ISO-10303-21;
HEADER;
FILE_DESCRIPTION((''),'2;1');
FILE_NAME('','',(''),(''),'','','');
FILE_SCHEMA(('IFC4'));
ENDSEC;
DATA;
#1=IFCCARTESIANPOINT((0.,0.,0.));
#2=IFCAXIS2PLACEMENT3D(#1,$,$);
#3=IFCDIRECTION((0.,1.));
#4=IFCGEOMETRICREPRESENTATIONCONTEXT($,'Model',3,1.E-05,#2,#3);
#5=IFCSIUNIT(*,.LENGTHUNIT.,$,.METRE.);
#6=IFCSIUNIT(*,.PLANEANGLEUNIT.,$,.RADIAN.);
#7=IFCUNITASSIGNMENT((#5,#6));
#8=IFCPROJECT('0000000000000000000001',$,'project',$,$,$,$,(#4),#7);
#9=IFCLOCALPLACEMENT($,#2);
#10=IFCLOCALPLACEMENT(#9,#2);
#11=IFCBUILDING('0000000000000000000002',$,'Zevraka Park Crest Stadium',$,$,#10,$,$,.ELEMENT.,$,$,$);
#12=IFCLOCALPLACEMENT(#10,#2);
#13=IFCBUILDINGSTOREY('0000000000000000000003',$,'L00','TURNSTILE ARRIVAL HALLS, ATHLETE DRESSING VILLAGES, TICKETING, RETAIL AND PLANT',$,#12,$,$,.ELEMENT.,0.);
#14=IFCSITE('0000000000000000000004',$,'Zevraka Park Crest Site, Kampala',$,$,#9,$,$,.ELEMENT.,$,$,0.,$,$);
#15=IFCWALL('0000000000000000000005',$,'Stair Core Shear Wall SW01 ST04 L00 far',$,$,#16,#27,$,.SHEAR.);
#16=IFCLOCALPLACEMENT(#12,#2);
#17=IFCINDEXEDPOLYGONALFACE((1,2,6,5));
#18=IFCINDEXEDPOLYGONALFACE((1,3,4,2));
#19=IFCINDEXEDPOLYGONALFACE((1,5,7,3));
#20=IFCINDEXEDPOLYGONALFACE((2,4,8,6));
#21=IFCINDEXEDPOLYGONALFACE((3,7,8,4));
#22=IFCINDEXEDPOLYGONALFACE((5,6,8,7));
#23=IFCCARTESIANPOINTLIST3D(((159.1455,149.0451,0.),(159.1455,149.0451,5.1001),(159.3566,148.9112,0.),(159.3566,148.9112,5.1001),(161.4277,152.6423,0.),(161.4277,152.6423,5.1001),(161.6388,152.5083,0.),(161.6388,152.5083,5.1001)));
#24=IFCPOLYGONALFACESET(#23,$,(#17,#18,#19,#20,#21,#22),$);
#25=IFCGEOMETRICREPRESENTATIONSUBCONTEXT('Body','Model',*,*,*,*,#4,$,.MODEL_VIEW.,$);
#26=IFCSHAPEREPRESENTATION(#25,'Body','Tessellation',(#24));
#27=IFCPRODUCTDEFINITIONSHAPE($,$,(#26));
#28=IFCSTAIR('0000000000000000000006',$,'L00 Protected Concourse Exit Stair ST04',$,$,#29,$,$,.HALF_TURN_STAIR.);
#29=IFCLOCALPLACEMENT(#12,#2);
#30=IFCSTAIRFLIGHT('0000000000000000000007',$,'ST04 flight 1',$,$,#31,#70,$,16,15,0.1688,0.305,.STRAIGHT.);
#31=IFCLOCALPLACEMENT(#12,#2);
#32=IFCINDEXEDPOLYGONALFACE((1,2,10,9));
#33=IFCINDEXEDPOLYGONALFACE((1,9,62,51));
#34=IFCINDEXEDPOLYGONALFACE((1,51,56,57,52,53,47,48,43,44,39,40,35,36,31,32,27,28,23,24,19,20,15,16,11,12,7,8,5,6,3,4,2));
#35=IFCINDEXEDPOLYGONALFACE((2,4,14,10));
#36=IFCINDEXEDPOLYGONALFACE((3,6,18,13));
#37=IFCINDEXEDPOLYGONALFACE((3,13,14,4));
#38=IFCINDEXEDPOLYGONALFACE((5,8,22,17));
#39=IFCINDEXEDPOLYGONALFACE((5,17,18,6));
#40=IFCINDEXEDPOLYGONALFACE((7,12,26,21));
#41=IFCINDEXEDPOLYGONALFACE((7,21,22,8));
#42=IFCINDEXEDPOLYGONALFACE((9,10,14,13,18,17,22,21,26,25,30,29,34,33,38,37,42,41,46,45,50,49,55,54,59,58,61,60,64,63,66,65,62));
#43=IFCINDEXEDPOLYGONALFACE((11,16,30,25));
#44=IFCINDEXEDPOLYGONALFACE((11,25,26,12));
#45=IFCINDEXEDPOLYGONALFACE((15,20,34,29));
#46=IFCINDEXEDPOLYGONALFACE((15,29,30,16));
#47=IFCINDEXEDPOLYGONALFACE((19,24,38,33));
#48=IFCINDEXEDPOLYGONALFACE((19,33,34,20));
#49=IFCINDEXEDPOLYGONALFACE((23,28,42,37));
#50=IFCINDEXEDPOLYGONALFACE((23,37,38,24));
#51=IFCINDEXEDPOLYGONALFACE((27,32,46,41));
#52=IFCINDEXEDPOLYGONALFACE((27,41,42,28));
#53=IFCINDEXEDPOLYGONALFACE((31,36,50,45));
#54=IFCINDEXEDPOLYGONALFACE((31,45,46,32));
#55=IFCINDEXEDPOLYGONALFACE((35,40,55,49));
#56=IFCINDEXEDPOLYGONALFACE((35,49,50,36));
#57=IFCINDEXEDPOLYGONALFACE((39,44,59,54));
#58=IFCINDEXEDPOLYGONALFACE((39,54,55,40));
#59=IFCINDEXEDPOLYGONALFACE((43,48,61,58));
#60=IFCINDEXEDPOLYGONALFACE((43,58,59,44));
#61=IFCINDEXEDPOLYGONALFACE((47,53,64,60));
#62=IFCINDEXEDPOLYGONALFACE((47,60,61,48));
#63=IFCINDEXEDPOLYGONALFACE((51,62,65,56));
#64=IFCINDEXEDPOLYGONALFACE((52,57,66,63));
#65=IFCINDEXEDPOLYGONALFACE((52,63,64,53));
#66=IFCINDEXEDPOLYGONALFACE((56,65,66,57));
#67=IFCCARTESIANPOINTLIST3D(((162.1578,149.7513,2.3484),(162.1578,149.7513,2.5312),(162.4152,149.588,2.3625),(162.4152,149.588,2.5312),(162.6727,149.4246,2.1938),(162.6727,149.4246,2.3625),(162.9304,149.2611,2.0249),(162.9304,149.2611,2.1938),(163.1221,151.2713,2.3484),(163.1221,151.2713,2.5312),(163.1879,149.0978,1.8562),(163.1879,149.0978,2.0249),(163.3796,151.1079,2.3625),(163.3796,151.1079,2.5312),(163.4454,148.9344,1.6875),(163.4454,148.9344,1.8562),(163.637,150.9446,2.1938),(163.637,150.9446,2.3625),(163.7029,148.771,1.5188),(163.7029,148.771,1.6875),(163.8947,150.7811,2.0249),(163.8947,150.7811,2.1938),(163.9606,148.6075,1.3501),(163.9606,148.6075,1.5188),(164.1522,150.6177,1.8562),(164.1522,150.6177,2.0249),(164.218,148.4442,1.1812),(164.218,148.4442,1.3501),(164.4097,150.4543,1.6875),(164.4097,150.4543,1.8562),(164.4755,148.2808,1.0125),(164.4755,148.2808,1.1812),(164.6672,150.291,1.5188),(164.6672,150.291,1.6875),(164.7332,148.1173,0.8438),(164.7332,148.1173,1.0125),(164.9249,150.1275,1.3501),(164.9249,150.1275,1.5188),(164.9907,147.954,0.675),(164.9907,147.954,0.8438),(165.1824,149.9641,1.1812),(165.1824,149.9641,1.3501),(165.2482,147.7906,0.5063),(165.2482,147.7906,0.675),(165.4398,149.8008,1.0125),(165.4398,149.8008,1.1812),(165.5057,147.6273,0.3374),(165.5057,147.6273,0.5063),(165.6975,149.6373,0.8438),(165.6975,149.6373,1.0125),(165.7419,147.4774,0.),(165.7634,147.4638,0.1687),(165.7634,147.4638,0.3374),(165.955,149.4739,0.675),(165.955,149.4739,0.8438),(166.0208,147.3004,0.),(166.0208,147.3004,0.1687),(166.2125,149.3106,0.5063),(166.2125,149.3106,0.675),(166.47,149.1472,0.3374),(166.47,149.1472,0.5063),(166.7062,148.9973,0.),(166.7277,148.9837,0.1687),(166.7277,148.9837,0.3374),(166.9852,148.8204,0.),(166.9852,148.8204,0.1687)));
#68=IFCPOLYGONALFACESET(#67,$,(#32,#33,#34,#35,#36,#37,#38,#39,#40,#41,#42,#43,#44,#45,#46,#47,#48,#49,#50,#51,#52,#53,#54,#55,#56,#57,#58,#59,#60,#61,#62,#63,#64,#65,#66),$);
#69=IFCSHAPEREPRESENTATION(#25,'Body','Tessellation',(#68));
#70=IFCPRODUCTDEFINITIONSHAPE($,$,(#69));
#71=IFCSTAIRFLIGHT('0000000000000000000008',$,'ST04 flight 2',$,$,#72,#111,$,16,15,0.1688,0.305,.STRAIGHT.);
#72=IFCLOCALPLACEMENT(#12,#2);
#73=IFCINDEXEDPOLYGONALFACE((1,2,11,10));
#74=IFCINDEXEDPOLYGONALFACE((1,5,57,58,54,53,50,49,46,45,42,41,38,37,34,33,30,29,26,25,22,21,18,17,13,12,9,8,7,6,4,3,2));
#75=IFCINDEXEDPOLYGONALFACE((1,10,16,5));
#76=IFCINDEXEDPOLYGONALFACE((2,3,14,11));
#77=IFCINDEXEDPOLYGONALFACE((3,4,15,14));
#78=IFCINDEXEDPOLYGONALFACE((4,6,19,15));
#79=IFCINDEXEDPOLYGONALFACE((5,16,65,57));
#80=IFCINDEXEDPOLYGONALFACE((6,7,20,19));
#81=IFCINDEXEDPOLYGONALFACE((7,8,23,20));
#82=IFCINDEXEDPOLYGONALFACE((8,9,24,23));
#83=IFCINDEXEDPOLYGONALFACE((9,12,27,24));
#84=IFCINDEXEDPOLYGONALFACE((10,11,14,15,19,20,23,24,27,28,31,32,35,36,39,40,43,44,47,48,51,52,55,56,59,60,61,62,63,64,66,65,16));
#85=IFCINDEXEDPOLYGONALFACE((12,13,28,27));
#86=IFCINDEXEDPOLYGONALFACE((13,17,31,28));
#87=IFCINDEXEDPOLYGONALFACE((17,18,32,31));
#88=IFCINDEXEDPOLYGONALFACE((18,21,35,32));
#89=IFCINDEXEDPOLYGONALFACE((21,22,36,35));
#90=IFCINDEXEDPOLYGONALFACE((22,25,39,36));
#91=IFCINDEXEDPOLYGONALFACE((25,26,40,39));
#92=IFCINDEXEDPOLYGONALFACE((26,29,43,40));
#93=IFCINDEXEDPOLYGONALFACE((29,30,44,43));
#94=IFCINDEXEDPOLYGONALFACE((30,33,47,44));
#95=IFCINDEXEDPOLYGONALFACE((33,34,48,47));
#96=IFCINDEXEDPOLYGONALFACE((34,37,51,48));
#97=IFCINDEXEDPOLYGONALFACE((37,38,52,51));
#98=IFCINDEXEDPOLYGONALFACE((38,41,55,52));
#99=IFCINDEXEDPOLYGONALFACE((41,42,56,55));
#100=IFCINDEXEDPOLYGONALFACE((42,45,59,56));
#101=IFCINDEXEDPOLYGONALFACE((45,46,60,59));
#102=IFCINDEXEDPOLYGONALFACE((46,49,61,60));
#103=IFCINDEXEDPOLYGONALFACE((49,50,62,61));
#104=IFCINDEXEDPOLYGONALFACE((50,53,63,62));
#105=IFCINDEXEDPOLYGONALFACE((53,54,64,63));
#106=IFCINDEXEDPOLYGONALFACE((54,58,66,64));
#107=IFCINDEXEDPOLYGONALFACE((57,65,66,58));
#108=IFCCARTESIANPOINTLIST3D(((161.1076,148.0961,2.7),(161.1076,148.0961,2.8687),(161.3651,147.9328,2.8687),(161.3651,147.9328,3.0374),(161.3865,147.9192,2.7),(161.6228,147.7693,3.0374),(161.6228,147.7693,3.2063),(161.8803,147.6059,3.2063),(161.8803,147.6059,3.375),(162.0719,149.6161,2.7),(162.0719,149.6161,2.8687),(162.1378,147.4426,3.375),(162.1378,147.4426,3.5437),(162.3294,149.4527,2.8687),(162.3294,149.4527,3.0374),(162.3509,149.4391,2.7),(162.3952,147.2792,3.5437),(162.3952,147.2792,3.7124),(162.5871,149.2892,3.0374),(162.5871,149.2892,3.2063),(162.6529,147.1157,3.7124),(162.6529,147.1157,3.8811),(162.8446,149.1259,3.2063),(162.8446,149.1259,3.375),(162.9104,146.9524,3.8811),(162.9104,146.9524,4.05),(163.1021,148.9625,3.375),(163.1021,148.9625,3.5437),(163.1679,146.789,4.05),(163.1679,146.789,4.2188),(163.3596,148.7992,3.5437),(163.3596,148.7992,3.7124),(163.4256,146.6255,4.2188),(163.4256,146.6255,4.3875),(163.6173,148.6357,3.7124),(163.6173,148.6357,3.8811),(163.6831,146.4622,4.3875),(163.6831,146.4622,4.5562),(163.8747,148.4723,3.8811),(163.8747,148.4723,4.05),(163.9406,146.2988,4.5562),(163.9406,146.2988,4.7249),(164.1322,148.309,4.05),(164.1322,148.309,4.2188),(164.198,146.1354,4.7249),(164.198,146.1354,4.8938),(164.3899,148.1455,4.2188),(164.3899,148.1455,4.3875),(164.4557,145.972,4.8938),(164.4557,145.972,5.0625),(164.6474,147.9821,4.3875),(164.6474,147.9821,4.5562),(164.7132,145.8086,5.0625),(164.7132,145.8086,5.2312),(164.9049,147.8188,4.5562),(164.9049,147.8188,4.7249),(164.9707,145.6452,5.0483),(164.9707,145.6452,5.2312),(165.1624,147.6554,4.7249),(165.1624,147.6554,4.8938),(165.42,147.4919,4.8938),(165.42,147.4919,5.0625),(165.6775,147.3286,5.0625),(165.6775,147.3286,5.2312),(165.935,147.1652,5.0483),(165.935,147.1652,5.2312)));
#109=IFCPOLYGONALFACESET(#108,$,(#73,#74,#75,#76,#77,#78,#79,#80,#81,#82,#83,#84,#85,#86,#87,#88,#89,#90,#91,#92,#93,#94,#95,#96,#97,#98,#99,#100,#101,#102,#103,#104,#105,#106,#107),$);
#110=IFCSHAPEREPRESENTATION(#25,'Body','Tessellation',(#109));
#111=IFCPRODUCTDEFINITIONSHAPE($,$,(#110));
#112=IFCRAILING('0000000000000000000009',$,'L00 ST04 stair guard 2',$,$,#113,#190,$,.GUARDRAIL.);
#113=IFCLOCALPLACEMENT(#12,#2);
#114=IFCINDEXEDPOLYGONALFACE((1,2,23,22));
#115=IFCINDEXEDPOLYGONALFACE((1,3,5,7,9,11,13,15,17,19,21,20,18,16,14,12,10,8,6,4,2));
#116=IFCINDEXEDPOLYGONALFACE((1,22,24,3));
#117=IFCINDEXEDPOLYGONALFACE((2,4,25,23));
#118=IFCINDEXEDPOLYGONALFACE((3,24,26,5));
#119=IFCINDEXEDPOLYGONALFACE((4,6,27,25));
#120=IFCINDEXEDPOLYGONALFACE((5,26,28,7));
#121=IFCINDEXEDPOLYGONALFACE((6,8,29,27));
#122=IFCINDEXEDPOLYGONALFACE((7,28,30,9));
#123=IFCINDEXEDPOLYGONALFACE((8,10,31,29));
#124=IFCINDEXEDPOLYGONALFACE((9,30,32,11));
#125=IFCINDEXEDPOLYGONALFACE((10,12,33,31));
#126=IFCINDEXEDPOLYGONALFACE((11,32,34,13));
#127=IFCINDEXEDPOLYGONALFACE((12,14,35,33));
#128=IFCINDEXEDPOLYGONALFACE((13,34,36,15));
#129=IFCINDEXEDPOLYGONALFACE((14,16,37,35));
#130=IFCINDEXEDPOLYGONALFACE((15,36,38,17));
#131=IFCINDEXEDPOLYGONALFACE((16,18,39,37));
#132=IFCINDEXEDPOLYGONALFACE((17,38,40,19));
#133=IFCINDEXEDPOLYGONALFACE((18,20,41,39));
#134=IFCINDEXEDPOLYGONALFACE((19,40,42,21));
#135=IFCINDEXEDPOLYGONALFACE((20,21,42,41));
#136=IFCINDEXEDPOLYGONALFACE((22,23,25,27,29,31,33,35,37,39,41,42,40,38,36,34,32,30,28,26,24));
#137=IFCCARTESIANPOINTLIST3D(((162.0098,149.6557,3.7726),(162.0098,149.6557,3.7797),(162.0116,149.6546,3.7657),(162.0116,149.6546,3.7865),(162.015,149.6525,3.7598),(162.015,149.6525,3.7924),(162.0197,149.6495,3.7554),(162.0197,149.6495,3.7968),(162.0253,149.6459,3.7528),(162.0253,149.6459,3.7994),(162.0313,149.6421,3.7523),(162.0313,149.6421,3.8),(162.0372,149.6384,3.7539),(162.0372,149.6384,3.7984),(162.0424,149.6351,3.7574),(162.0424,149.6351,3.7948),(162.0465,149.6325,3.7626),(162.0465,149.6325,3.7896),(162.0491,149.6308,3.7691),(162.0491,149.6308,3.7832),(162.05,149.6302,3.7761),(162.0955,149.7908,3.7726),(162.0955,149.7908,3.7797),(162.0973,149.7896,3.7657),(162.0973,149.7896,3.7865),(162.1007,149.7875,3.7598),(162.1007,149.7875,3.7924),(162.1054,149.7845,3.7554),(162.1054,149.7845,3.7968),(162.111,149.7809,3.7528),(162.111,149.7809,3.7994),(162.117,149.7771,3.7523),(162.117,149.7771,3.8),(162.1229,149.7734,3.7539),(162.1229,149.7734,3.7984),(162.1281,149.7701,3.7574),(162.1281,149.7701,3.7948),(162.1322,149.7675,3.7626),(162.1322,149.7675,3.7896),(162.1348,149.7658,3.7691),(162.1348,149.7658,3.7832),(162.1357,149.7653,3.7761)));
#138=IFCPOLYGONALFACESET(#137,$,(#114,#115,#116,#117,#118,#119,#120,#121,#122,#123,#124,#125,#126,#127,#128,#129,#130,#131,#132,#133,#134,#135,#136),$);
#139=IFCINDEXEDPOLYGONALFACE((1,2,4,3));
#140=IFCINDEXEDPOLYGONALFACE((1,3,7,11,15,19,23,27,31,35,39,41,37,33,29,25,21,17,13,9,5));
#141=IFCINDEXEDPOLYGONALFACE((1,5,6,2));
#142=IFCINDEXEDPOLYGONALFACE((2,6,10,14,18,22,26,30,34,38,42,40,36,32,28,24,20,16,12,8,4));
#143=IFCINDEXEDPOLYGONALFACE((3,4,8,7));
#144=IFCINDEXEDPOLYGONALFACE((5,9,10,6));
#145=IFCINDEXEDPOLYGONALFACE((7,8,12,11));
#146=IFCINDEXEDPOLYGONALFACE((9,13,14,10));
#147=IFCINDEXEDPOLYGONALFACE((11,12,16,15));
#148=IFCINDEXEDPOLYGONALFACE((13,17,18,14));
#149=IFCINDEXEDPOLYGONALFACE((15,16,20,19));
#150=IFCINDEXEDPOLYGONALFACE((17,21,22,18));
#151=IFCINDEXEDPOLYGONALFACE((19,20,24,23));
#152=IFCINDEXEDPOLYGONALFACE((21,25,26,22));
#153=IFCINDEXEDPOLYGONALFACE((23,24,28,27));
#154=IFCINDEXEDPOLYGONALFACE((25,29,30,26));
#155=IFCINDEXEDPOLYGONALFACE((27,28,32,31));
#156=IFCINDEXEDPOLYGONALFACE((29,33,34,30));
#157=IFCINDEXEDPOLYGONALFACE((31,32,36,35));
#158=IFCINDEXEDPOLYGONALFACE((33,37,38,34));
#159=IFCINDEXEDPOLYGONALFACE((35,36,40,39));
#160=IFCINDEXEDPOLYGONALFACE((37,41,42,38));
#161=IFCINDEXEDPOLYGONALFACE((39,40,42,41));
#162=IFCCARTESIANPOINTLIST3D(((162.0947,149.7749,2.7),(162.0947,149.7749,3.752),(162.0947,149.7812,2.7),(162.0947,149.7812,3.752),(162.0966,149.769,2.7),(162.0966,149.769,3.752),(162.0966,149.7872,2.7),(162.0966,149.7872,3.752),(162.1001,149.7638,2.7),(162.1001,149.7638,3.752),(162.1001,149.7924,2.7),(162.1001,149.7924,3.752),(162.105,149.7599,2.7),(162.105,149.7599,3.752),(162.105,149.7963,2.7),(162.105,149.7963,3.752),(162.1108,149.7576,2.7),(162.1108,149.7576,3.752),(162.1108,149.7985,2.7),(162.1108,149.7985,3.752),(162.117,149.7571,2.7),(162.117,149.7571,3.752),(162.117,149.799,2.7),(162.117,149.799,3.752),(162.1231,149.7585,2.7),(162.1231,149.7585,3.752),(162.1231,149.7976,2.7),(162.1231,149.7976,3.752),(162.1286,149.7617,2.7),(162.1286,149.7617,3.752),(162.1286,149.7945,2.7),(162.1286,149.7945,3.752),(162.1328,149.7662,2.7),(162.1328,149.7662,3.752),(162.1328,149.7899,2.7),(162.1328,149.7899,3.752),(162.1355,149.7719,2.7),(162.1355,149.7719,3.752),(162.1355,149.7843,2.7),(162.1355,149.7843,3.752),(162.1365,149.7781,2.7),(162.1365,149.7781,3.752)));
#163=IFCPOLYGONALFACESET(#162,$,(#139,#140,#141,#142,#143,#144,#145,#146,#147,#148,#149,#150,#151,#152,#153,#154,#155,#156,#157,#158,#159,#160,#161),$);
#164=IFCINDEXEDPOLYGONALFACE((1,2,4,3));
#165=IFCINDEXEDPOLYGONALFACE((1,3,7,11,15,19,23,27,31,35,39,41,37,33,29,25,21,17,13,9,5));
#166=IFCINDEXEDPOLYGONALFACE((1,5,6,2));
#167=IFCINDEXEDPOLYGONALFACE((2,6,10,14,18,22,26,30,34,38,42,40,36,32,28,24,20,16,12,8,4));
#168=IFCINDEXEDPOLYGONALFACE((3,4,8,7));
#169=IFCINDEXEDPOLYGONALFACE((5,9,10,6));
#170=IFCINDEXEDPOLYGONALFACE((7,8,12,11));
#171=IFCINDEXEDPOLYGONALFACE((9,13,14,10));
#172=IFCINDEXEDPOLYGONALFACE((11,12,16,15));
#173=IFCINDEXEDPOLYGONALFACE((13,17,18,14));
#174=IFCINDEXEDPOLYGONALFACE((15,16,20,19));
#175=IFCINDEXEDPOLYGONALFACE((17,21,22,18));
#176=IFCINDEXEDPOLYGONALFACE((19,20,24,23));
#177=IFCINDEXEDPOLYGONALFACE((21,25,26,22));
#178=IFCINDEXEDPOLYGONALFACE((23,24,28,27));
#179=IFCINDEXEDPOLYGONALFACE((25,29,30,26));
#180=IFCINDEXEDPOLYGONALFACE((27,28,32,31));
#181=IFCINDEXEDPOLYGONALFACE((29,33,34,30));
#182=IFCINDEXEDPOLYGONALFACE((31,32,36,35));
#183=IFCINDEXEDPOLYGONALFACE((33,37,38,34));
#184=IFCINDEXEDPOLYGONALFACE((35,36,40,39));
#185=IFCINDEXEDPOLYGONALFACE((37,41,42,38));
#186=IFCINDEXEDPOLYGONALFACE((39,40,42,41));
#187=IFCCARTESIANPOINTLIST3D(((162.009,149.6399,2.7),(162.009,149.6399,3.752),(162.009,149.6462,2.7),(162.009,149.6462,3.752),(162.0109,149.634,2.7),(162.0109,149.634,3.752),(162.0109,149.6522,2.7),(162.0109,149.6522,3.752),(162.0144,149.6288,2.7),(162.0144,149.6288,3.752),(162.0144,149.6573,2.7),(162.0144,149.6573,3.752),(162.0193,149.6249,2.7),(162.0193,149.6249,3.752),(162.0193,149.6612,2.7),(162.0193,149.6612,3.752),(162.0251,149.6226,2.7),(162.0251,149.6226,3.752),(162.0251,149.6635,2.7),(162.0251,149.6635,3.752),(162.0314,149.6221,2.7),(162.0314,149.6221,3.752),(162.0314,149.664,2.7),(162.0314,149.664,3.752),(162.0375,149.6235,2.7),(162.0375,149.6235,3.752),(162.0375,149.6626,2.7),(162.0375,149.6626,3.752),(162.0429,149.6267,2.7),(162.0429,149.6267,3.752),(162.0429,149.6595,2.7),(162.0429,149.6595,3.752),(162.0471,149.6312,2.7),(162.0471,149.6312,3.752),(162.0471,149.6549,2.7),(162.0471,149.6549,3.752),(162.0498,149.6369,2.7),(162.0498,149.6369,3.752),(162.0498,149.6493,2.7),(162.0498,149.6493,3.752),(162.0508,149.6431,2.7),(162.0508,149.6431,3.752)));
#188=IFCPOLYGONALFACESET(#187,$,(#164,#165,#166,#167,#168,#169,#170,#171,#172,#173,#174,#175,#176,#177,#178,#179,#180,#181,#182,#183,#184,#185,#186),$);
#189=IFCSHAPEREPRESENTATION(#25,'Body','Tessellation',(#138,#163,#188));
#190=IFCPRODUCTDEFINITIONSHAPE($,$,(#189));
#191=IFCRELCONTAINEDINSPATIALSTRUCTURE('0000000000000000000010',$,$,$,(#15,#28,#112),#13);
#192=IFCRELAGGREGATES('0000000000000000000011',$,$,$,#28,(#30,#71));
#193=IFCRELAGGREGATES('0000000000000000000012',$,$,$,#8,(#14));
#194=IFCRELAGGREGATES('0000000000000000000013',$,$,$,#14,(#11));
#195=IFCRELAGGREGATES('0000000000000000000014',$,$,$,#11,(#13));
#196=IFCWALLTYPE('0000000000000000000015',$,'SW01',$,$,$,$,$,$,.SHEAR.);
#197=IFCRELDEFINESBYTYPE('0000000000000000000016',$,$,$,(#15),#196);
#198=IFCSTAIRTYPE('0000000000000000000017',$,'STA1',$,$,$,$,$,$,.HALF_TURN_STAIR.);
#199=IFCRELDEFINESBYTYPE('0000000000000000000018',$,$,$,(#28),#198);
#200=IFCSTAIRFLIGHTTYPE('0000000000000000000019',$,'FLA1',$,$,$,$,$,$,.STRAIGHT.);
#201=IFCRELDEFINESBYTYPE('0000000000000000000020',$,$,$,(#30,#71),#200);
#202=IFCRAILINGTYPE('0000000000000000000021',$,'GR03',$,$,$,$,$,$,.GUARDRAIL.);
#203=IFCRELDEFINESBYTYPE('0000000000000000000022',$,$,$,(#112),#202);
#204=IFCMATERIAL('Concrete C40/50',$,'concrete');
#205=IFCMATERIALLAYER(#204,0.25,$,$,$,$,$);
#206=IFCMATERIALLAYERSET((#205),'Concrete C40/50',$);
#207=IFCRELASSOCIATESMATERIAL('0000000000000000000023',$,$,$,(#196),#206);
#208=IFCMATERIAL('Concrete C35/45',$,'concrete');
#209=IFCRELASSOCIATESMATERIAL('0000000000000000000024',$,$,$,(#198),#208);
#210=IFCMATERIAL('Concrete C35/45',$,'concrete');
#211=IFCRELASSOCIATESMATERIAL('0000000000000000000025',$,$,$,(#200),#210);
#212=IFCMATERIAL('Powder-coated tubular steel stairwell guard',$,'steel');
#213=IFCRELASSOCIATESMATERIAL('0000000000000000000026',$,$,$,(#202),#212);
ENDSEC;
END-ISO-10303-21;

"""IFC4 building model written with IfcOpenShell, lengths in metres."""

from ifc_helpers import new_model, si_unit, direction, frame, frame_2d, origin, origin_2d, place, context, subcontext, project, spatial, polyline, rectangle, circle, outline, extrude, material, layer, layer_set, type_object, element, aggregate, save


model = new_model("IFC4")

# Units and contexts
model_context = context("Model", 3, precision=1e-05, world=origin(), true_north=direction((0.0, 1.0)))
body_context = subcontext(model_context, "Body", "Model", "MODEL_VIEW")
ifc_project = project(units=[si_unit("LENGTHUNIT", "METRE"), si_unit("PLANEANGLEUNIT", "RADIAN")], contexts=[model_context])

# Site, building, storey
site_placement = place(None, origin())
site = spatial("IfcSite", under=ifc_project, at=site_placement, Name="Zevraka Park Crest Site, Kampala", CompositionType="ELEMENT", RefElevation=0.0)
building_placement = place(site_placement, origin())
building = spatial("IfcBuilding", under=site, at=building_placement, Name="Zevraka Park Crest Stadium", CompositionType="ELEMENT")
storey_placement = place(building_placement, origin())
storey = spatial("IfcBuildingStorey", under=building, at=storey_placement, Name="L00", Description="TURNSTILE ARRIVAL HALLS, ATHLETE DRESSING VILLAGES, TICKETING, RETAIL AND PLANT", CompositionType="ELEMENT", Elevation=0.0)

# Shared definitions
ifc_material_1 = material(Name="Concrete C40/50", Category="concrete")
ifc_layer_1 = layer(ifc_material_1, 0.25)
ifc_layer_set_1 = layer_set([ifc_layer_1], Name="Concrete C40/50")
wall_type_1 = type_object("IfcWallType", Name="SW01", PredefinedType="SHEAR", material=ifc_layer_set_1)

# Wall
wall_1_placement = place(storey_placement, frame((161.5332, 152.5752, 0.0), z_axis=(0.0, 0.0, 1.0), x_axis=(-0.535725, -0.844392, 0.0)))
element("IfcWall", 1, at=wall_1_placement, inside=storey, type_object=wall_type_1, Name="Stair Core Shear Wall SW01 ST04 L00 far", PredefinedType="SHEAR", context=body_context, shape_type="SweptSolid", body=[
    extrude(rectangle(XDim=4.26, YDim=0.25, at=frame_2d((2.1299, 0.0))), origin(), (0.0, 0.0, 1.0), 5.1001),
])

# Stair, stair flights
ifc_material_2 = material(Name="Concrete C35/45", Category="concrete")
stair_type = type_object("IfcStairType", Name="STA1", PredefinedType="HALF_TURN_STAIR", material=ifc_material_2)
stair_placement = place(storey_placement, origin())
stair = element("IfcStair", 2, at=stair_placement, inside=storey, type_object=stair_type, Name="L00 Protected Concourse Exit Stair ST04", PredefinedType="HALF_TURN_STAIR")
ifc_material_3 = material(Name="Concrete C35/45", Category="concrete")
stair_flight_type = type_object("IfcStairFlightType", Name="FLA1", PredefinedType="STRAIGHT", material=ifc_material_3)
stair_flight_1_placement = place(storey_placement, frame((166.5029, 148.0603, 0.0), z_axis=(0.0, 0.0, 1.0), x_axis=(-0.844397, 0.535718, 0.0)))
stair_flight_1 = element("IfcStairFlight", 3, at=stair_flight_1_placement, type_object=stair_flight_type, Name="ST04 flight 1", NumberOfRisers=16, NumberOfTreads=15, PredefinedType="STRAIGHT", RiserHeight=0.1688, TreadLength=0.305, context=body_context, shape_type="SweptSolid", body=[
    extrude(outline(polyline([(0.0, 0.0), (0.0, 0.1687), (0.3049, 0.1687), (0.3049, 0.3374), (0.6101, 0.3374), (0.6101, 0.5063), (0.915, 0.5063), (0.915, 0.675), (1.22, 0.675), (1.22, 0.8438), (1.5249, 0.8438), (1.5249, 1.0125), (1.8301, 1.0125), (1.8301, 1.1812), (2.135, 1.1812), (2.135, 1.3501), (2.4399, 1.3501), (2.4399, 1.5188), (2.7451, 1.5188), (2.7451, 1.6875), (3.05, 1.6875), (3.05, 1.8562), (3.355, 1.8562), (3.355, 2.0249), (3.6599, 2.0249), (3.6599, 2.1938), (3.9651, 2.1938), (3.9651, 2.3625), (4.27, 2.3625), (4.27, 2.5312), (4.575, 2.5312), (4.575, 2.7), (4.575, 2.3484), (0.3303, 0.0), (0.0, 0.0)])), frame((0.0, 0.8999, 0.0), z_axis=(0.0, -1.0, 0.0), x_axis=(1.0, 0.0, 0.0)), (0.0, 0.0, 1.0), 1.8),
])
stair_flight_2_placement = place(storey_placement, frame((161.5898, 148.8562, 2.7), z_axis=(0.0, 0.0, 1.0), x_axis=(0.844397, -0.535718, 0.0)))
stair_flight_2 = element("IfcStairFlight", 4, at=stair_flight_2_placement, type_object=stair_flight_type, Name="ST04 flight 2", NumberOfRisers=16, NumberOfTreads=15, PredefinedType="STRAIGHT", RiserHeight=0.1688, TreadLength=0.305, context=body_context, shape_type="SweptSolid", body=[
    extrude(outline(polyline([(0.0, 0.0), (0.0, 0.1687), (0.3049, 0.1687), (0.3049, 0.3374), (0.6101, 0.3374), (0.6101, 0.5063), (0.915, 0.5063), (0.915, 0.675), (1.22, 0.675), (1.22, 0.8438), (1.5249, 0.8438), (1.5249, 1.0125), (1.8301, 1.0125), (1.8301, 1.1812), (2.135, 1.1812), (2.135, 1.3501), (2.4399, 1.3501), (2.4399, 1.5188), (2.7451, 1.5188), (2.7451, 1.6875), (3.05, 1.6875), (3.05, 1.8562), (3.355, 1.8562), (3.355, 2.0249), (3.6599, 2.0249), (3.6599, 2.1938), (3.9651, 2.1938), (3.9651, 2.3625), (4.27, 2.3625), (4.27, 2.5312), (4.575, 2.5312), (4.575, 2.7), (4.575, 2.3484), (0.3303, 0.0), (0.0, 0.0)])), frame((0.0, 0.8999, 0.0), z_axis=(0.0, -1.0, 0.0), x_axis=(1.0, 0.0, 0.0)), (0.0, 0.0, 1.0), 1.8),
])
aggregate(stair, [stair_flight_1, stair_flight_2])

# Railing
ifc_material_4 = material(Name="Powder-coated tubular steel stairwell guard", Category="steel")
railing_type_1 = type_object("IfcRailingType", Name="GR03", PredefinedType="GUARDRAIL", material=ifc_material_4)
railing_1_placement = place(storey_placement, frame((162.1155, 149.7781, 2.7)))
element("IfcRailing", 5, at=railing_1_placement, inside=storey, type_object=railing_type_1, Name="L00 ST04 stair guard 2", PredefinedType="GUARDRAIL", context=body_context, shape_type="SweptSolid", body=[
    extrude(circle(Radius=0.0239, at=origin_2d()), frame((0.0, 0.0, 1.0762), z_axis=(-0.535887, -0.84429, 0.0), x_axis=(0.84429, -0.535887, 0.0)), (0.0, 0.0, 1.0), 0.1599),
    extrude(circle(Radius=0.021, at=origin_2d()), origin(), (0.0, 0.0, 1.0), 1.052),
    extrude(circle(Radius=0.021, at=origin_2d()), frame((-0.0857, -0.135, 0.0)), (0.0, 0.0, 1.0), 1.052),
])

save(model, "model.ifc")
